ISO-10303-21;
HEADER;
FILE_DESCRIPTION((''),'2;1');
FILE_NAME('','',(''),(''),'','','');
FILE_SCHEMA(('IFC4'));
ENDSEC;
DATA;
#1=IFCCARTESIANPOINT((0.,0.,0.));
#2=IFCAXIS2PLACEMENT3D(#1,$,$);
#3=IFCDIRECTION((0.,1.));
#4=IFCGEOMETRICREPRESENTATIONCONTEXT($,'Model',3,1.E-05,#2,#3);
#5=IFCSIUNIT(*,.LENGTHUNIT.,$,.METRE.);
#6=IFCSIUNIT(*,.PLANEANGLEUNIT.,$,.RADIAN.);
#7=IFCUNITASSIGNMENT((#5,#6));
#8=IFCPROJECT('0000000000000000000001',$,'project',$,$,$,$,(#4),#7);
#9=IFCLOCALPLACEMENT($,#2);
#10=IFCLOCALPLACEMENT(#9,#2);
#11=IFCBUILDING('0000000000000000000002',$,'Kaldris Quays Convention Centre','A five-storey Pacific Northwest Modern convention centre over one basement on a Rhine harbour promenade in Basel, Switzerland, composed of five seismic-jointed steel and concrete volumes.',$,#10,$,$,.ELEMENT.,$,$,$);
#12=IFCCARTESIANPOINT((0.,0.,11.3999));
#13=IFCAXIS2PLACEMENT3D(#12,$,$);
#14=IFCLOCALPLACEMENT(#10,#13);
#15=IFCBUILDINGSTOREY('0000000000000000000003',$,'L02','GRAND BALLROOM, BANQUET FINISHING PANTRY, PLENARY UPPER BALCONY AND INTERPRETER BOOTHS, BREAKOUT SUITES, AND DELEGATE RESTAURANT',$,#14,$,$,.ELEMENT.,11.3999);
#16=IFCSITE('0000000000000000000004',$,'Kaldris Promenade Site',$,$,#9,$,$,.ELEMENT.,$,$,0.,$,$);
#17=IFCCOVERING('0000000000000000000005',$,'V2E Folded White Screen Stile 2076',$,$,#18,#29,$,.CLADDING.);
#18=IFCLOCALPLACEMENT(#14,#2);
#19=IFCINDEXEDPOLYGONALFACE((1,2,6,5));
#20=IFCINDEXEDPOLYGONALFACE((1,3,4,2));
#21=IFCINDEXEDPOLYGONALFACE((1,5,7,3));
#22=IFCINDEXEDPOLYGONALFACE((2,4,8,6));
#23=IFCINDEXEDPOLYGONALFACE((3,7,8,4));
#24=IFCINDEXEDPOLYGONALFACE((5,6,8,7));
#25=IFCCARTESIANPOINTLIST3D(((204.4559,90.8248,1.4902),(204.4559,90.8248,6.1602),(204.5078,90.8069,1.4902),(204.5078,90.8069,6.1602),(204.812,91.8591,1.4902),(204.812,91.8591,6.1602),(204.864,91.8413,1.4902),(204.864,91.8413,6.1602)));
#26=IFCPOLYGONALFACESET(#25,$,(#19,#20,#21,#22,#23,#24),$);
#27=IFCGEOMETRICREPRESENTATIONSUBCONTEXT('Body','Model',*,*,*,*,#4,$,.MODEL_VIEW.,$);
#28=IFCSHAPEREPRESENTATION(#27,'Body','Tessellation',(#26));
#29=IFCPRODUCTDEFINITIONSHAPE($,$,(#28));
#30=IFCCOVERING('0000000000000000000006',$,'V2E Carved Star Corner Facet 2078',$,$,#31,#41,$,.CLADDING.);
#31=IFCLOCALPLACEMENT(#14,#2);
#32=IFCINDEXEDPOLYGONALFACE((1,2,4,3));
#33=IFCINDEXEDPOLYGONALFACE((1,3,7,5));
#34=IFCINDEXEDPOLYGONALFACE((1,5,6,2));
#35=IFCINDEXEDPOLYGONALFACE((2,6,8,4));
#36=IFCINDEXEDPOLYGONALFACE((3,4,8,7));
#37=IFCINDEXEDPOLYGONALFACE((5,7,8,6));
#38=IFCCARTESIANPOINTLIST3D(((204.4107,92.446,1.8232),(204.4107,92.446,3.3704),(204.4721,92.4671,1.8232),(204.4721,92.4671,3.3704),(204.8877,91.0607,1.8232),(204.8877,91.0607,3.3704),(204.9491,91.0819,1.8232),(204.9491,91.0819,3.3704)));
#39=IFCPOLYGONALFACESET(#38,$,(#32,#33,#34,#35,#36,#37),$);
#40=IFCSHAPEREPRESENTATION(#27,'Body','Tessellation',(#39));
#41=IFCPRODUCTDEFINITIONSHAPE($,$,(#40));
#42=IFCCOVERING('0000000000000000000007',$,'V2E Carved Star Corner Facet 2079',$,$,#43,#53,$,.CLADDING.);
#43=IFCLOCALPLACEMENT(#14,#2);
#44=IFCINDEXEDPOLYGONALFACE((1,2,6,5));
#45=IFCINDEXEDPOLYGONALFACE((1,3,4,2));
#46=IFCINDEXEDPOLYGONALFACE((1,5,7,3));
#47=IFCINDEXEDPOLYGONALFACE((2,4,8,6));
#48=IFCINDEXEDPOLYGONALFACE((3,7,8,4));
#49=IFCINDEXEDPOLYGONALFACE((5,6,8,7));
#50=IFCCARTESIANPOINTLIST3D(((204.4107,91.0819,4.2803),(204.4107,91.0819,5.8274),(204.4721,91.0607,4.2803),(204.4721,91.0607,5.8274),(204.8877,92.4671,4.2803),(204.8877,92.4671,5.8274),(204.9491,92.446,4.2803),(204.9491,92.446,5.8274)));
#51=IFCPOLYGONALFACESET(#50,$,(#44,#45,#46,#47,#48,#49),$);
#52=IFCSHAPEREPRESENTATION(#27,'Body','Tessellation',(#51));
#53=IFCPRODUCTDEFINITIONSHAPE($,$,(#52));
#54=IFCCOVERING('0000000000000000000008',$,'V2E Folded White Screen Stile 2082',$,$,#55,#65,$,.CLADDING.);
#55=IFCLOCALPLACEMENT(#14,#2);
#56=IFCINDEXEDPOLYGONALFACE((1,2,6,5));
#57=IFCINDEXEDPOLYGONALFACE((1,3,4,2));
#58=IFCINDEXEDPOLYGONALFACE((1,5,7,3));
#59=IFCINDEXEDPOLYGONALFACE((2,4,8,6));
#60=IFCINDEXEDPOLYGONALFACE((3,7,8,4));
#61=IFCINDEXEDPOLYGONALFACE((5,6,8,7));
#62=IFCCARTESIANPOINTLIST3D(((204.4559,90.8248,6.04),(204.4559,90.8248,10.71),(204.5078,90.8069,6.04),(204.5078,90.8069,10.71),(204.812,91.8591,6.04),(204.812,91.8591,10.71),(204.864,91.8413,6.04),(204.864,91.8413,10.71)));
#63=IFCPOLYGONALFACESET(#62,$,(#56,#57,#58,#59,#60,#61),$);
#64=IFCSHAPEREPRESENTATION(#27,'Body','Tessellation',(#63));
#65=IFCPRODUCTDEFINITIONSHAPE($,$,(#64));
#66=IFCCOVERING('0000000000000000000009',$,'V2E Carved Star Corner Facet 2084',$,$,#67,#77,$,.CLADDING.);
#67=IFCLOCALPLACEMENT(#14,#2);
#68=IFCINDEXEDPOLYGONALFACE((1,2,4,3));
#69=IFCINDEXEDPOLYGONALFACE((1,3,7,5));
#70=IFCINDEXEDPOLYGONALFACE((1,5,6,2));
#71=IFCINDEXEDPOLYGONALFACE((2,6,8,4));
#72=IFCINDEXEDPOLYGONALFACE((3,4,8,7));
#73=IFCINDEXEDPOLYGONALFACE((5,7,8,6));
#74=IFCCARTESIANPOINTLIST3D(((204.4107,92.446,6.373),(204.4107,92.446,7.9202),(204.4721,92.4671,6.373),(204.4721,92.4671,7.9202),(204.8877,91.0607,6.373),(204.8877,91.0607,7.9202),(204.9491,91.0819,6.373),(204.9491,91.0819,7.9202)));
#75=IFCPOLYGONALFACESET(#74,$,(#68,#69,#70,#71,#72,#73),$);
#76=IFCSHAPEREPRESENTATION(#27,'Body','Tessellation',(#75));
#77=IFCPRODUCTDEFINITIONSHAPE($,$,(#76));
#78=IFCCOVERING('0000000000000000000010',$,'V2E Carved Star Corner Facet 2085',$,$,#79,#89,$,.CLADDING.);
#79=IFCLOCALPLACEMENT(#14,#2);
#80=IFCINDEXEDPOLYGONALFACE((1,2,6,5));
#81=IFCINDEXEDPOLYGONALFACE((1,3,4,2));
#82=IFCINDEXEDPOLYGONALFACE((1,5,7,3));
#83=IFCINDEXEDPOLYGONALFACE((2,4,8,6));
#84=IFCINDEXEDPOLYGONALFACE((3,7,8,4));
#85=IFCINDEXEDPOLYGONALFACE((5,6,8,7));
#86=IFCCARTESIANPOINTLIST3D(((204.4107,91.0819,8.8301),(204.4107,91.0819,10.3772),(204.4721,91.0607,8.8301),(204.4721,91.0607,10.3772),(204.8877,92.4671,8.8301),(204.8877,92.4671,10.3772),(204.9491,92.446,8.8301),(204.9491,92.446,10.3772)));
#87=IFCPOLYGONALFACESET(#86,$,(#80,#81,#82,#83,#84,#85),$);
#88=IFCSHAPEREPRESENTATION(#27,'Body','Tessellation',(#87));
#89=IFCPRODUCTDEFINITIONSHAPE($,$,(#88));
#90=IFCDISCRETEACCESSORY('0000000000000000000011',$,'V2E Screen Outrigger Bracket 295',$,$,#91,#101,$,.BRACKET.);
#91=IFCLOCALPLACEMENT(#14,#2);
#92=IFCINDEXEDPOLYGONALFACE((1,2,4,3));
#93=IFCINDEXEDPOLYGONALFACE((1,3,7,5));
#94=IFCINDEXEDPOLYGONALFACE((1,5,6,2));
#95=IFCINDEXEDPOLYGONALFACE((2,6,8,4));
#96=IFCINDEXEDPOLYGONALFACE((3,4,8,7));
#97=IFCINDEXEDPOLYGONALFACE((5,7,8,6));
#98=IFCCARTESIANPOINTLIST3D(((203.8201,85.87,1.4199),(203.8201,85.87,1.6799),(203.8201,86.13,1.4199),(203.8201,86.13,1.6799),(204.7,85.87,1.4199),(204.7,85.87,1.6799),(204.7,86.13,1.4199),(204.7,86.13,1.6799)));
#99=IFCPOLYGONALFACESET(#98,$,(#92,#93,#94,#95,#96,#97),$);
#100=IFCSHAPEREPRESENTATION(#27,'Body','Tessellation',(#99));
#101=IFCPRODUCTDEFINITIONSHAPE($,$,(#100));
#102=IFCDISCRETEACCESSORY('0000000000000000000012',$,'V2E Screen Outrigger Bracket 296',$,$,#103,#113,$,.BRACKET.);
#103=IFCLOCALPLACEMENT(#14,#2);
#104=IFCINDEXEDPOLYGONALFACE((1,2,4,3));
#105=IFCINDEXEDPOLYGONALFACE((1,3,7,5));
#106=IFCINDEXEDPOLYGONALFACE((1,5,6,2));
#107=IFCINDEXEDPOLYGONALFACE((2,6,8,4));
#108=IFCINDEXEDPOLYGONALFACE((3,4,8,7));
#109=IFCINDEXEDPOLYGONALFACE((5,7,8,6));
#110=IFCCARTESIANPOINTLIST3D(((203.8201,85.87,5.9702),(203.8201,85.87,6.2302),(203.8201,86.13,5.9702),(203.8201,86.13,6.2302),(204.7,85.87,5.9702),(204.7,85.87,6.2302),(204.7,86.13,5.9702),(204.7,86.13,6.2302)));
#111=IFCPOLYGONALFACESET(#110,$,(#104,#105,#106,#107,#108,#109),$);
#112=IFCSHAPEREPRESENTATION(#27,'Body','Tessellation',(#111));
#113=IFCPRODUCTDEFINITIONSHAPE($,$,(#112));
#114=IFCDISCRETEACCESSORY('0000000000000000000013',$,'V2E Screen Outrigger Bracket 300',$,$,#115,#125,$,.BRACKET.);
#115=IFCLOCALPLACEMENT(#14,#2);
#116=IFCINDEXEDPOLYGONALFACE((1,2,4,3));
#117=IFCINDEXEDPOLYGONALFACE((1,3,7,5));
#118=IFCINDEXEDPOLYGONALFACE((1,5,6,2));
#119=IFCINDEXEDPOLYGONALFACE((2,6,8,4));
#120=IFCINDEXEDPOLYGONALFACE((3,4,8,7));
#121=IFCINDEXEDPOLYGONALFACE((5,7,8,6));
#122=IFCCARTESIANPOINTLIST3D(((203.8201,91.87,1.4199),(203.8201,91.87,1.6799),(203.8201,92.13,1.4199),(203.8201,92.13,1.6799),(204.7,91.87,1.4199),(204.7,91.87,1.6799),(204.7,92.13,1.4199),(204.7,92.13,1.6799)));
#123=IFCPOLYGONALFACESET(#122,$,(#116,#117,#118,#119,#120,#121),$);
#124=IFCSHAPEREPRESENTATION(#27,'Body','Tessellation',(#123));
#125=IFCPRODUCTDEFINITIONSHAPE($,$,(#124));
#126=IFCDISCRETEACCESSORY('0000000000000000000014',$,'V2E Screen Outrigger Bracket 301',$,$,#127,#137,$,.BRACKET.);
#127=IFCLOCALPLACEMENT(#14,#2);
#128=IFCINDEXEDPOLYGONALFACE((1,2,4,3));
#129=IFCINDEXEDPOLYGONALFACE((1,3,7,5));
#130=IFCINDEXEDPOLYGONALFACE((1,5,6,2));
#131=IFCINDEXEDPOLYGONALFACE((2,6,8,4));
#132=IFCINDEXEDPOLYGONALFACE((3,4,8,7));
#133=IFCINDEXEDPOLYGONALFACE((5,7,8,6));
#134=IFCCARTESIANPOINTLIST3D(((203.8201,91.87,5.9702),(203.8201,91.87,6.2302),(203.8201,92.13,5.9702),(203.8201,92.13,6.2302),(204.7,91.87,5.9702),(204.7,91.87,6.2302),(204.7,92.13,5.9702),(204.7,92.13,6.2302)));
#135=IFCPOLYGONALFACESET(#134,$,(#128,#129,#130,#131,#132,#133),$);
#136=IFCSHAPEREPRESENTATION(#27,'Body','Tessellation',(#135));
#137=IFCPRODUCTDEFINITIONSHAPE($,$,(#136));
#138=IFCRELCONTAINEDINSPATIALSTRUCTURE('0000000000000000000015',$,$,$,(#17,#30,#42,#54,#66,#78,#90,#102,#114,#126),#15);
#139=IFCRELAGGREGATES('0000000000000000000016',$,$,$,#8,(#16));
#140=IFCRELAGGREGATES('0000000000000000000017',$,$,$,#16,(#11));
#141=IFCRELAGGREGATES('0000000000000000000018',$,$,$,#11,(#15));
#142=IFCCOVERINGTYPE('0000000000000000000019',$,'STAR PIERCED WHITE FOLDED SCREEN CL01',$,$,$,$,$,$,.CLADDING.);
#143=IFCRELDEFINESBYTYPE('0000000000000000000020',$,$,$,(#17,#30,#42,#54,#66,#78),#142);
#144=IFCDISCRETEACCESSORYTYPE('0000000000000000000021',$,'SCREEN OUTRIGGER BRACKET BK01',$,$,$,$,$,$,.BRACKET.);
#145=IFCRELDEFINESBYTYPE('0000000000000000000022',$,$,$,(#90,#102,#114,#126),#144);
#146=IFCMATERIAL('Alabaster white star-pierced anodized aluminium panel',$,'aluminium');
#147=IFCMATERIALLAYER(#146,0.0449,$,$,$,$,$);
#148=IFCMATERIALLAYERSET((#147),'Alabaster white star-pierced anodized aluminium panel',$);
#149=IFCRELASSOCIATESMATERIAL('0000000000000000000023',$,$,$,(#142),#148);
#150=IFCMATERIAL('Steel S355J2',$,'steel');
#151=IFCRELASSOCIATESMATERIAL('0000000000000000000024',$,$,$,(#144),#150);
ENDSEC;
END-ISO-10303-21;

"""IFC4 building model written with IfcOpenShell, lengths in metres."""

from ifc_helpers import new_model, si_unit, direction, frame, origin, origin_2d, place, context, subcontext, project, spatial, rectangle, extrude, material, layer, layer_set, type_object, element, save


model = new_model("IFC4")

# Units and contexts
model_context = context("Model", 3, precision=1e-05, world=origin(), true_north=direction((0.0, 1.0)))
body_context = subcontext(model_context, "Body", "Model", "MODEL_VIEW")
ifc_project = project(units=[si_unit("LENGTHUNIT", "METRE"), si_unit("PLANEANGLEUNIT", "RADIAN")], contexts=[model_context])

# Site, building, storey
site_placement = place(None, origin())
site = spatial("IfcSite", under=ifc_project, at=site_placement, Name="Kaldris Promenade Site", CompositionType="ELEMENT", RefElevation=0.0)
building_placement = place(site_placement, origin())
building = spatial("IfcBuilding", under=site, at=building_placement, Name="Kaldris Quays Convention Centre", Description="A five-storey Pacific Northwest Modern convention centre over one basement on a Rhine harbour promenade in Basel, Switzerland, composed of five seismic-jointed steel and concrete volumes.", CompositionType="ELEMENT")
storey_placement = place(building_placement, frame((0.0, 0.0, 11.3999)))
storey = spatial("IfcBuildingStorey", under=building, at=storey_placement, Name="L02", Description="GRAND BALLROOM, BANQUET FINISHING PANTRY, PLENARY UPPER BALCONY AND INTERPRETER BOOTHS, BREAKOUT SUITES, AND DELEGATE RESTAURANT", CompositionType="ELEMENT", Elevation=11.3999)

# Shared definitions
ifc_material_1 = material(Name="Steel S355J2", Category="steel")

# Coverings
ifc_material_2 = material(Name="Alabaster white star-pierced anodized aluminium panel", Category="aluminium")
ifc_layer_1 = layer(ifc_material_2, 0.0449)
ifc_layer_set_1 = layer_set([ifc_layer_1], Name="Alabaster white star-pierced anodized aluminium panel")
covering_type = type_object("IfcCoveringType", Name="STAR PIERCED WHITE FOLDED SCREEN CL01", PredefinedType="CLADDING", material=ifc_layer_set_1)
covering_1_placement = place(storey_placement, frame((204.6599, 91.333, 1.4902), z_axis=(0.0, 0.0, 1.0), x_axis=(0.325568, 0.945519, 0.0)))
element("IfcCovering", 1, at=covering_1_placement, inside=storey, type_object=covering_type, Name="V2E Folded White Screen Stile 2076", PredefinedType="CLADDING", context=body_context, shape_type="SweptSolid", body=[
    extrude(rectangle(XDim=1.094, YDim=0.0549, at=origin_2d()), origin(), (0.0, 0.0, 1.0), 4.6699),
])
for number, where, z_axis, x_axis, name in (
    (2, (204.6799, 91.7639, 1.8232), (0.0, 0.0, 1.0), (-0.325568, 0.945519, 0.0), "V2E Carved Star Corner Facet 2078"),
    (3, (204.6799, 91.7639, 4.2803), (0.0, 0.0, 1.0), (0.325568, 0.945519, 0.0), "V2E Carved Star Corner Facet 2079"),
):
    element("IfcCovering", number, at=place(storey_placement, frame(where, z_axis=z_axis, x_axis=x_axis)), inside=storey, type_object=covering_type, Name=name, PredefinedType="CLADDING", context=body_context, shape_type="SweptSolid", body=[
        extrude(rectangle(XDim=1.4651, YDim=0.0649, at=origin_2d()), origin(), (0.0, 0.0, 1.0), 1.5471),
    ])
covering_2_placement = place(storey_placement, frame((204.6599, 91.333, 6.04), z_axis=(0.0, 0.0, 1.0), x_axis=(0.325568, 0.945519, 0.0)))
element("IfcCovering", 4, at=covering_2_placement, inside=storey, type_object=covering_type, Name="V2E Folded White Screen Stile 2082", PredefinedType="CLADDING", context=body_context, shape_type="SweptSolid", body=[
    extrude(rectangle(XDim=1.094, YDim=0.0549, at=origin_2d()), origin(), (0.0, 0.0, 1.0), 4.6699),
])
for number, where, z_axis, x_axis, name in (
    (5, (204.6799, 91.7639, 6.373), (0.0, 0.0, 1.0), (-0.325568, 0.945519, 0.0), "V2E Carved Star Corner Facet 2084"),
    (6, (204.6799, 91.7639, 8.8301), (0.0, 0.0, 1.0), (0.325568, 0.945519, 0.0), "V2E Carved Star Corner Facet 2085"),
):
    element("IfcCovering", number, at=place(storey_placement, frame(where, z_axis=z_axis, x_axis=x_axis)), inside=storey, type_object=covering_type, Name=name, PredefinedType="CLADDING", context=body_context, shape_type="SweptSolid", body=[
        extrude(rectangle(XDim=1.4651, YDim=0.0649, at=origin_2d()), origin(), (0.0, 0.0, 1.0), 1.5471),
    ])

# Discrete accessories
discrete_accessory_type = type_object("IfcDiscreteAccessoryType", Name="SCREEN OUTRIGGER BRACKET BK01", PredefinedType="BRACKET", material=ifc_material_1)
for number, where, z_axis, x_axis, name in (
    (7, (204.26, 86.0, 1.4199), (0.0, 0.0, 1.0), (0.0, 1.0, 0.0), "V2E Screen Outrigger Bracket 295"),
    (8, (204.26, 86.0, 5.9702), (0.0, 0.0, 1.0), (0.0, 1.0, 0.0), "V2E Screen Outrigger Bracket 296"),
    (9, (204.26, 92.0, 1.4199), (0.0, 0.0, 1.0), (0.0, 1.0, 0.0), "V2E Screen Outrigger Bracket 300"),
    (10, (204.26, 92.0, 5.9702), (0.0, 0.0, 1.0), (0.0, 1.0, 0.0), "V2E Screen Outrigger Bracket 301"),
):
    element("IfcDiscreteAccessory", number, at=place(storey_placement, frame(where, z_axis=z_axis, x_axis=x_axis)), inside=storey, type_object=discrete_accessory_type, Name=name, PredefinedType="BRACKET", context=body_context, shape_type="SweptSolid", body=[
        extrude(rectangle(XDim=0.26, YDim=0.8799, at=origin_2d()), origin(), (0.0, 0.0, 1.0), 0.26),
    ])

save(model, "model.ifc")
